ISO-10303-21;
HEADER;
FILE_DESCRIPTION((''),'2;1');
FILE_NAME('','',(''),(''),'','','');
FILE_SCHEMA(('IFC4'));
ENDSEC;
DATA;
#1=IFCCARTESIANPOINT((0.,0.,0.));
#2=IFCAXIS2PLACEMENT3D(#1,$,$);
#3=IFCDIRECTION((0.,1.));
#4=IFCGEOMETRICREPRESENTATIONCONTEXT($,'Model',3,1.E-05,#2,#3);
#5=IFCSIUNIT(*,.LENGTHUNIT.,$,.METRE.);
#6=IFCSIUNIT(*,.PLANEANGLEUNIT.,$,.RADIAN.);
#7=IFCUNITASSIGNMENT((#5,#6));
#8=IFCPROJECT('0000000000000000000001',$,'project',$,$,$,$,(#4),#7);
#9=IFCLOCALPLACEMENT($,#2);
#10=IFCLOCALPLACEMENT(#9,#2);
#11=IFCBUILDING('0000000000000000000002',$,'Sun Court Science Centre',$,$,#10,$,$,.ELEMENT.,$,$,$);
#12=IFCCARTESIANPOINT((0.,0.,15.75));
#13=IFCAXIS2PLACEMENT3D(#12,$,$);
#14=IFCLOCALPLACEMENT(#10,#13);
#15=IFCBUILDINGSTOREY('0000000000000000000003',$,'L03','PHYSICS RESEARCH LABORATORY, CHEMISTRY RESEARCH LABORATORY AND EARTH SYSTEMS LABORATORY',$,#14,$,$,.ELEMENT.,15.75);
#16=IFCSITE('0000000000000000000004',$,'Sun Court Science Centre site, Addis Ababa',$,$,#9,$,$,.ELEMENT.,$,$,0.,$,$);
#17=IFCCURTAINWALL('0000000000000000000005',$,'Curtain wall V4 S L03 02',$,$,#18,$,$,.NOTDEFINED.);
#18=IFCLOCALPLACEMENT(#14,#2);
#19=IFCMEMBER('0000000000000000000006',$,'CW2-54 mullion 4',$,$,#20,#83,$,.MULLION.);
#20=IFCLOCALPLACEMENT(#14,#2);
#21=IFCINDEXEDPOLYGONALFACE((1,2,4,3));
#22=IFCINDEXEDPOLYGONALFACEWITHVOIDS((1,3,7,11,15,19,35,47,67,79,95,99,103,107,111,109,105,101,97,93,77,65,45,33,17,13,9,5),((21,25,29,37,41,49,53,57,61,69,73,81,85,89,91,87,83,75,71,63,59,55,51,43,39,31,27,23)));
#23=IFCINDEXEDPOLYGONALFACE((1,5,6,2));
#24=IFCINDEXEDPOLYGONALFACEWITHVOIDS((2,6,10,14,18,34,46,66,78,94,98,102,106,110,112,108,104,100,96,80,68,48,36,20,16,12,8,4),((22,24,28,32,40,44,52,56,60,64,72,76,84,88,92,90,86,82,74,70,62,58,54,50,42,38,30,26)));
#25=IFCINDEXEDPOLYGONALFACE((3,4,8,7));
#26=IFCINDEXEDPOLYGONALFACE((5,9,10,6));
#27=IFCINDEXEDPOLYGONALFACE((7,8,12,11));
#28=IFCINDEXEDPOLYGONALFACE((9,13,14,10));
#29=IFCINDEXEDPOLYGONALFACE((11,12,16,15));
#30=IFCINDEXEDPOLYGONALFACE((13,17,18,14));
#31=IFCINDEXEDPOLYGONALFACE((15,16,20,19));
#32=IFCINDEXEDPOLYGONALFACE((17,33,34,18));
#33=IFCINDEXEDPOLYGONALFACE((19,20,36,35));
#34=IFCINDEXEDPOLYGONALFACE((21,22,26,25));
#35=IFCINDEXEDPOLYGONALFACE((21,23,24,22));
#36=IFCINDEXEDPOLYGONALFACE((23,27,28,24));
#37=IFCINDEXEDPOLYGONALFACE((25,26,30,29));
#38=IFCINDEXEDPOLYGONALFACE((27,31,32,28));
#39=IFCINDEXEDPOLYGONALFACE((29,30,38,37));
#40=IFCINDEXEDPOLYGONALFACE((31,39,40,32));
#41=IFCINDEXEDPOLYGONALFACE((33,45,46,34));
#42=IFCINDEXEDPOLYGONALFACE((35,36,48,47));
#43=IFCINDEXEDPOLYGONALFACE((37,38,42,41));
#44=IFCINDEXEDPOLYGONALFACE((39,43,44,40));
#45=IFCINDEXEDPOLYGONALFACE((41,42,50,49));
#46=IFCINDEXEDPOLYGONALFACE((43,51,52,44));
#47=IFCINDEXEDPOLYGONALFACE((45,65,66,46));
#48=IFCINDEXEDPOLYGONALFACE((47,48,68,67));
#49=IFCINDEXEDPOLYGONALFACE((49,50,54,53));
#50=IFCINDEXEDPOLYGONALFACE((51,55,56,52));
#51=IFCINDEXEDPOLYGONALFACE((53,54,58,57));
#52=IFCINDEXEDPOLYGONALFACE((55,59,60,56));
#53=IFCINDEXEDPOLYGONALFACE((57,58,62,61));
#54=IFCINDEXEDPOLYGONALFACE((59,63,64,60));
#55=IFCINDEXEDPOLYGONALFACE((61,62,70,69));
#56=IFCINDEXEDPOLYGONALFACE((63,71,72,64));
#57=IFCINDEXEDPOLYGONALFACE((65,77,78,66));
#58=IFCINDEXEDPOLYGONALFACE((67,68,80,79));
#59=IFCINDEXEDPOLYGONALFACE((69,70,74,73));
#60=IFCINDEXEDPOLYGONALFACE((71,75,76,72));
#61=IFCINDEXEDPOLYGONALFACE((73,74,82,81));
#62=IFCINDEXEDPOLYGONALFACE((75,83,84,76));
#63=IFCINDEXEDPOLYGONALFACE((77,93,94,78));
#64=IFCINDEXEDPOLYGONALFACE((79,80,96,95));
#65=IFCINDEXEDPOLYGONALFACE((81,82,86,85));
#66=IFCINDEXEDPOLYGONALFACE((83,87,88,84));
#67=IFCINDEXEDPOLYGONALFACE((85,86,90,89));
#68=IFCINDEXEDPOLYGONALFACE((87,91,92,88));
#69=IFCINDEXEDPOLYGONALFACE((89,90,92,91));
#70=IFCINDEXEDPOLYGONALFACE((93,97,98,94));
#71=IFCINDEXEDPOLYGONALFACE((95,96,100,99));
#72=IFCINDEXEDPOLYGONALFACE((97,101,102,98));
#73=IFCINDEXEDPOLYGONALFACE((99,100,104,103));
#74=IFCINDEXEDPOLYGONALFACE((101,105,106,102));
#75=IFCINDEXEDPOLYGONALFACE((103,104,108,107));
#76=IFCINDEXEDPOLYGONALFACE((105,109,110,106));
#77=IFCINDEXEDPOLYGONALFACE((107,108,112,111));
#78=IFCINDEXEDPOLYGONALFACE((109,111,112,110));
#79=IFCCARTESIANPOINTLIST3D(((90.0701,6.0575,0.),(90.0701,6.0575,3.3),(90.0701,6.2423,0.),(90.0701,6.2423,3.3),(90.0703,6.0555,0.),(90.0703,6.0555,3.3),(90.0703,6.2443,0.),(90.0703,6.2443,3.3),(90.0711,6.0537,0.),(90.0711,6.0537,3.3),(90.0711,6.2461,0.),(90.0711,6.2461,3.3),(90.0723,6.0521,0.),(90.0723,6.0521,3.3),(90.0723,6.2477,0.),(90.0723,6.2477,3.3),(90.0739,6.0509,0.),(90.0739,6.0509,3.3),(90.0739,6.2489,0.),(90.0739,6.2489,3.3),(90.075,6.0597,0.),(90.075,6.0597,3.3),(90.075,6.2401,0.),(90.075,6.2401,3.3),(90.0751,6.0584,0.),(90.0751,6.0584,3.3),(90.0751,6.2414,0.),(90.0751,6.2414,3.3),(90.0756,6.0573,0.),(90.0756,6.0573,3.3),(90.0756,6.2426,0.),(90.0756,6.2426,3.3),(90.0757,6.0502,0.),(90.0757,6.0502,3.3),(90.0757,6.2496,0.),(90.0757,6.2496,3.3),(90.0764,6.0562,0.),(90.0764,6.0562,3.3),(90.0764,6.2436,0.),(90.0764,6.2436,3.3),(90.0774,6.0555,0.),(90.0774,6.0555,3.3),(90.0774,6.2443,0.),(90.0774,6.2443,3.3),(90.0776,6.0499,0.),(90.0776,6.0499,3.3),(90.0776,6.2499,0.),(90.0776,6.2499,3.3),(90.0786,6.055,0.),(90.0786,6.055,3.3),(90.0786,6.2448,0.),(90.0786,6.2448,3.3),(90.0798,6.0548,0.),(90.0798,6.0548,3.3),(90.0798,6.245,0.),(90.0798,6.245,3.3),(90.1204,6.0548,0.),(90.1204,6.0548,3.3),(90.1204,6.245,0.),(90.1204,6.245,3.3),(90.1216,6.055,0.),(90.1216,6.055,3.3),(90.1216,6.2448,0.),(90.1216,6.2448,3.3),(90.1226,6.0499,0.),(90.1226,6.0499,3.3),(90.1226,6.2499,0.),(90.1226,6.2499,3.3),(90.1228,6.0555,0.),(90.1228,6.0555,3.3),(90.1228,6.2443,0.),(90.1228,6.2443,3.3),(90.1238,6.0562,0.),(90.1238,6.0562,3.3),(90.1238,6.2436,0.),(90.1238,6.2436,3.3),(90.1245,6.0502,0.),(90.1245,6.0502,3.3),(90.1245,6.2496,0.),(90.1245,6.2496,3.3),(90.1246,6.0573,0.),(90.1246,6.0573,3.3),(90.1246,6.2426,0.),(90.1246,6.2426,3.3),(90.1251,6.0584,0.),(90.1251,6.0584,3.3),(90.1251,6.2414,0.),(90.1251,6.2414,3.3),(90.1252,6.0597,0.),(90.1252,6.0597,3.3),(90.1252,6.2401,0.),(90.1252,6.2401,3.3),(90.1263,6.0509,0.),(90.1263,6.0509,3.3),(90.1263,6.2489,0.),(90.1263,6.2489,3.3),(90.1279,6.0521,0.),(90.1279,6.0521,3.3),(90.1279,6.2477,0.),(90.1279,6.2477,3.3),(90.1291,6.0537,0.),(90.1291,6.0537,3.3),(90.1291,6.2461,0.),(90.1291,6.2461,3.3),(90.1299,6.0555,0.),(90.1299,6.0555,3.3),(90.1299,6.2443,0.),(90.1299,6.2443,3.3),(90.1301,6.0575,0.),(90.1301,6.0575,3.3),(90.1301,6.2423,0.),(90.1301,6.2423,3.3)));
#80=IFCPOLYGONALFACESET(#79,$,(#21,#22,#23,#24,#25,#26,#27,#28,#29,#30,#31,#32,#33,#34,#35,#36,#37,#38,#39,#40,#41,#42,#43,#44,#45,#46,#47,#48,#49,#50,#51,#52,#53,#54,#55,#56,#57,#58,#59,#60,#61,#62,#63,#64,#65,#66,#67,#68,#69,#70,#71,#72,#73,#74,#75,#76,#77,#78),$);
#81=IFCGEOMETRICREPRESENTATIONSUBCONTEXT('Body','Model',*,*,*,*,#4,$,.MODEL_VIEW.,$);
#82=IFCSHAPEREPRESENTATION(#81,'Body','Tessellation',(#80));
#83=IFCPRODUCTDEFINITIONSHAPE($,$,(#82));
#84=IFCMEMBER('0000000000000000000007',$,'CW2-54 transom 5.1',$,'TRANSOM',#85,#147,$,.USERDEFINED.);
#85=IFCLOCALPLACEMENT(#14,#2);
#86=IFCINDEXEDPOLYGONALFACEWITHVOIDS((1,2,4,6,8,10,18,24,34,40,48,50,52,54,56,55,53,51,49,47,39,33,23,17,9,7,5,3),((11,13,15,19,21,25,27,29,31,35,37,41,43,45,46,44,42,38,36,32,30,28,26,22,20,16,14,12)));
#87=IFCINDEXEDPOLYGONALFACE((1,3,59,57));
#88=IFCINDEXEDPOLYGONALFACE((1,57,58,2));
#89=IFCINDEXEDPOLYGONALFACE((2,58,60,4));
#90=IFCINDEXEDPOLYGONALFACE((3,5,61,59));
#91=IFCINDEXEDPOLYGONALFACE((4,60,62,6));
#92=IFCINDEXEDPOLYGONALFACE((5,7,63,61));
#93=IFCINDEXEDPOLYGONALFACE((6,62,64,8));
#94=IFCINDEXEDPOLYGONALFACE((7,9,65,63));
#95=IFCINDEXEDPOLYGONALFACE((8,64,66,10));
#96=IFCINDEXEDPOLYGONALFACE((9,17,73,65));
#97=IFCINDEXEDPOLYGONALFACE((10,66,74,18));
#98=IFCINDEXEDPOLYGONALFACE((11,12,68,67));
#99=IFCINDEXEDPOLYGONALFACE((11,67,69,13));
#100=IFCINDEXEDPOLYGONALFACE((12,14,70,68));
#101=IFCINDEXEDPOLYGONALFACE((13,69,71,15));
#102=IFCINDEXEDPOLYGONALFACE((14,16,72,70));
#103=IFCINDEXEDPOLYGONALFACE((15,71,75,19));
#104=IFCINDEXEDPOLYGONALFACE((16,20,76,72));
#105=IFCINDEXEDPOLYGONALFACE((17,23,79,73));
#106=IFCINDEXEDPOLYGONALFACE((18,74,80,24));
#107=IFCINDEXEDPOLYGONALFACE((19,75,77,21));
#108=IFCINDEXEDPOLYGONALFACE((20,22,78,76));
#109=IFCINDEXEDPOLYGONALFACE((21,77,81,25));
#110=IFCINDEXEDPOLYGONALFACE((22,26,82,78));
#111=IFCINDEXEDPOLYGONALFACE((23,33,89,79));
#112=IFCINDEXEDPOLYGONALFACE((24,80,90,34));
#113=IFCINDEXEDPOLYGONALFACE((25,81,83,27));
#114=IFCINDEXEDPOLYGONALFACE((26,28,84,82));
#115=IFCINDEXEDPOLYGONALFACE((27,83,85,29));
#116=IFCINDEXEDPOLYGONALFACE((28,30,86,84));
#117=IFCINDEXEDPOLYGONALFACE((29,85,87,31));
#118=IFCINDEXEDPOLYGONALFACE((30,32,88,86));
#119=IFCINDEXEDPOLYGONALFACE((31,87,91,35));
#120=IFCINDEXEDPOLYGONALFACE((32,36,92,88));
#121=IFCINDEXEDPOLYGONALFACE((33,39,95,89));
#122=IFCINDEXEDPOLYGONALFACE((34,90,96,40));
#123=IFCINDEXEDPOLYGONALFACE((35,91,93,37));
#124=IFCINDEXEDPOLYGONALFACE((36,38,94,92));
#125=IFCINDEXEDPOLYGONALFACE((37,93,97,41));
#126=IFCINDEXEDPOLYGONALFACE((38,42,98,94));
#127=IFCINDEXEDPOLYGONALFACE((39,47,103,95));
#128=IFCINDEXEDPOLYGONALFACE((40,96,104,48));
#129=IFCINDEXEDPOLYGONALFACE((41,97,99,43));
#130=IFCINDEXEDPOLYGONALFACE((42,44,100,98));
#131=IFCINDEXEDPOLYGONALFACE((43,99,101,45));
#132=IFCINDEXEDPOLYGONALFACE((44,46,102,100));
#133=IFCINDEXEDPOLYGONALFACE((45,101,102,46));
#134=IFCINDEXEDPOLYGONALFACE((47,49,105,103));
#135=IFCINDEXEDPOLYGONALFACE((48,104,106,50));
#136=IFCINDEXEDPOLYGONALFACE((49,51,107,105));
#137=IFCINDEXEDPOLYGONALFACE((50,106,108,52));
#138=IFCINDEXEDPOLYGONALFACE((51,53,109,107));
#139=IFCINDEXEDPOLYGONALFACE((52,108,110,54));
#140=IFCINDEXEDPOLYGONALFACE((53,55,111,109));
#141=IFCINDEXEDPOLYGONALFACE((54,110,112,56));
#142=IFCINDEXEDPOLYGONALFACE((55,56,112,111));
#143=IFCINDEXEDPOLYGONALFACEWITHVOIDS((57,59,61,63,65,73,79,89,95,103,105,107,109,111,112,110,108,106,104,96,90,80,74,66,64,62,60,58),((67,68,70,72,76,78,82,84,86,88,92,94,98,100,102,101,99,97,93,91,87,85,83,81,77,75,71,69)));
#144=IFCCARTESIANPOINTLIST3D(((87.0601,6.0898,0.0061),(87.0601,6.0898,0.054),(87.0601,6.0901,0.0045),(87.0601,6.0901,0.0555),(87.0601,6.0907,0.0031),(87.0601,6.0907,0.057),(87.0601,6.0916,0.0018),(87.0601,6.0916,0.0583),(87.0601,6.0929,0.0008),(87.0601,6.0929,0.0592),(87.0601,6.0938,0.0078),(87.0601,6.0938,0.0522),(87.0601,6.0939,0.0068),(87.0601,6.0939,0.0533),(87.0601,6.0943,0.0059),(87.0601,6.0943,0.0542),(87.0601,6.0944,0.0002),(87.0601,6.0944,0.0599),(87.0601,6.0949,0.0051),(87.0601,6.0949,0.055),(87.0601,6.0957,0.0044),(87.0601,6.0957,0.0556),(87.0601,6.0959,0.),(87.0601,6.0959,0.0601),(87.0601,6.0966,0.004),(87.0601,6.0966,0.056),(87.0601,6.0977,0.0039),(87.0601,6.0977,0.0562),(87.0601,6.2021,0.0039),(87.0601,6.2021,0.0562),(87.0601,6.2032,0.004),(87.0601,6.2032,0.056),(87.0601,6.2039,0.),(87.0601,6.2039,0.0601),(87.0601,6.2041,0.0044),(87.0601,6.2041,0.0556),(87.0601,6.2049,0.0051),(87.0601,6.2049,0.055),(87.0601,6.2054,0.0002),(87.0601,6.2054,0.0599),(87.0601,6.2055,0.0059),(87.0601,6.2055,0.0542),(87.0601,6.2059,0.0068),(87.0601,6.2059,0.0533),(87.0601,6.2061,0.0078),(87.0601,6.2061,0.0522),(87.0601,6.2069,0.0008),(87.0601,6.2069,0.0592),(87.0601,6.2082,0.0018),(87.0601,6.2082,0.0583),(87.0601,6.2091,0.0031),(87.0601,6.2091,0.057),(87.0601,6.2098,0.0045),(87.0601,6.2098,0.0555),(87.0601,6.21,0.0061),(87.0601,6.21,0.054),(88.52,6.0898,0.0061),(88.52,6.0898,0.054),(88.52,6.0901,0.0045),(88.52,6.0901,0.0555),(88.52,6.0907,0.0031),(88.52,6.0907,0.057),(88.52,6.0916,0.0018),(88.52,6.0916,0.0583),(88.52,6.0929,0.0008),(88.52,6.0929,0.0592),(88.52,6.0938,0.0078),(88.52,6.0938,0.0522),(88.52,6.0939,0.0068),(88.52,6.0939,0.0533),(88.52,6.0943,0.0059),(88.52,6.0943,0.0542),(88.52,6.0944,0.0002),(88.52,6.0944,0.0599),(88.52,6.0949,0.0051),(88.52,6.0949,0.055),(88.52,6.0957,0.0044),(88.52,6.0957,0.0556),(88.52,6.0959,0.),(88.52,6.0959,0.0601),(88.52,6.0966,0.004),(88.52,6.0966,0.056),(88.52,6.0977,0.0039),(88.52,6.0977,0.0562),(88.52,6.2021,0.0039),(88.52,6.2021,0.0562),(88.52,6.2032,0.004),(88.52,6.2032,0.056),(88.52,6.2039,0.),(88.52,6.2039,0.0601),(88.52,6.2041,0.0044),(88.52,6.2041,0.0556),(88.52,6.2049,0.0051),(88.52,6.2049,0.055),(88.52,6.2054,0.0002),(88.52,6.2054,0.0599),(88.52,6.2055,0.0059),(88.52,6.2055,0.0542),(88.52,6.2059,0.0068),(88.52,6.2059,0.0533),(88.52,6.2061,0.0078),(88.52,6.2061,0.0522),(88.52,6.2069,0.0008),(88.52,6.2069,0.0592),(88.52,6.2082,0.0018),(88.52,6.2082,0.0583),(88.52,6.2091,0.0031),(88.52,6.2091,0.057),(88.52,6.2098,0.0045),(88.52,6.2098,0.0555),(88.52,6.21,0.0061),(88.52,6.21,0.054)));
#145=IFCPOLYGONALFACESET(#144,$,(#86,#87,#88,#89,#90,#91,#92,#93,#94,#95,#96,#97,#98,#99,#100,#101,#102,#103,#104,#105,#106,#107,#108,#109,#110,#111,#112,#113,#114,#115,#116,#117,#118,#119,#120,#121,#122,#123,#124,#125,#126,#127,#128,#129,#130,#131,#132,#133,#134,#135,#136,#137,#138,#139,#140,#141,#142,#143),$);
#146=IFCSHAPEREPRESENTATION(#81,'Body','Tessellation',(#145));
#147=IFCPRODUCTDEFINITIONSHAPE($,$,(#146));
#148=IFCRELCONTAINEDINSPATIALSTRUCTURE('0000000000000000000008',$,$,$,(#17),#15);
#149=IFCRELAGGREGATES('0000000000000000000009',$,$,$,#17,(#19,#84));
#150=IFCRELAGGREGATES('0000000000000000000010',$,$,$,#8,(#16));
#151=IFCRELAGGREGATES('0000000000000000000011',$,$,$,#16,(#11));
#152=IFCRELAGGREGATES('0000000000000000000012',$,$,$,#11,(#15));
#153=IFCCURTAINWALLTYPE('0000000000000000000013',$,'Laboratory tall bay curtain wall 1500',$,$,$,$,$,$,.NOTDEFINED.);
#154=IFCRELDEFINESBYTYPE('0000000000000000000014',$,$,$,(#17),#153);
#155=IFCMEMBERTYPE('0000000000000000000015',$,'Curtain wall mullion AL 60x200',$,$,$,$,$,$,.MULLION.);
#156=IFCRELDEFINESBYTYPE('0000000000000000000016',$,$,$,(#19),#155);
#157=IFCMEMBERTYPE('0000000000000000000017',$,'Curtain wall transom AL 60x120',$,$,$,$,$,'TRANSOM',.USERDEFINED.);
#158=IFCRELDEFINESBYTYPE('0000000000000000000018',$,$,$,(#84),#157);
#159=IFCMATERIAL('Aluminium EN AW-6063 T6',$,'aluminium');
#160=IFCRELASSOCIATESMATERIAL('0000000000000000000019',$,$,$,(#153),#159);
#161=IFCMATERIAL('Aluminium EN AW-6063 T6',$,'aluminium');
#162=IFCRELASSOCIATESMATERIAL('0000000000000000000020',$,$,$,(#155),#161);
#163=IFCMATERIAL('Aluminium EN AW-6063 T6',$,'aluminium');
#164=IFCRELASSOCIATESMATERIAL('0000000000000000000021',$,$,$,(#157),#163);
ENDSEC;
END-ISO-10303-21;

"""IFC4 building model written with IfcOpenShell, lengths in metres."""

from ifc_helpers import new_model, si_unit, direction, frame, origin, origin_2d, place, context, subcontext, project, spatial, hollow_rectangle, extrude, material, material_profile, profile_set, type_object, element, aggregate, save


model = new_model("IFC4")

# Units and contexts
model_context = context("Model", 3, precision=1e-05, world=origin(), true_north=direction((0.0, 1.0)))
body_context = subcontext(model_context, "Body", "Model", "MODEL_VIEW")
ifc_project = project(units=[si_unit("LENGTHUNIT", "METRE"), si_unit("PLANEANGLEUNIT", "RADIAN")], contexts=[model_context])

# Site, building, storey
site_placement = place(None, origin())
site = spatial("IfcSite", under=ifc_project, at=site_placement, Name="Sun Court Science Centre site, Addis Ababa", CompositionType="ELEMENT", RefElevation=0.0)
building_placement = place(site_placement, origin())
building = spatial("IfcBuilding", under=site, at=building_placement, Name="Sun Court Science Centre", CompositionType="ELEMENT")
storey_placement = place(building_placement, frame((0.0, 0.0, 15.75)))
storey = spatial("IfcBuildingStorey", under=building, at=storey_placement, Name="L03", Description="PHYSICS RESEARCH LABORATORY, CHEMISTRY RESEARCH LABORATORY AND EARTH SYSTEMS LABORATORY", CompositionType="ELEMENT", Elevation=15.75)

# Curtain wall, members
ifc_material_1 = material(Name="Aluminium EN AW-6063 T6", Category="aluminium")
curtain_wall_type = type_object("IfcCurtainWallType", Name="Laboratory tall bay curtain wall 1500", PredefinedType="NOTDEFINED", material=ifc_material_1)
curtain_wall_placement = place(storey_placement, origin())
curtain_wall = element("IfcCurtainWall", 1, at=curtain_wall_placement, inside=storey, type_object=curtain_wall_type, Name="Curtain wall V4 S L03 02", PredefinedType="NOTDEFINED")
ifc_material_2 = material(Name="Aluminium EN AW-6063 T6", Category="aluminium")
ifc_material_profile_1 = material_profile(ifc_material_2, hollow_rectangle(XDim=0.0601, YDim=0.2, WallThickness=0.0049, InnerFilletRadius=0.0049, OuterFilletRadius=0.0076, at=origin_2d()), Name="AL 60x200x5")
ifc_profile_set_1 = profile_set([ifc_material_profile_1], Name="Aluminium EN AW-6063 T6")
member_type_1 = type_object("IfcMemberType", Name="Curtain wall mullion AL 60x200", PredefinedType="MULLION", material=ifc_profile_set_1)
member_1_placement = place(storey_placement, frame((90.1001, 6.1499, 0.0), z_axis=(0.0, 0.0, 1.0), x_axis=(-1.0, 0.0, 0.0)))
member_1 = element("IfcMember", 2, at=member_1_placement, type_object=member_type_1, Name="CW2-54 mullion 4", PredefinedType="MULLION", context=body_context, shape_type="SweptSolid", body=[
    extrude(hollow_rectangle(XDim=0.0601, YDim=0.2, WallThickness=0.0049, InnerFilletRadius=0.0049, OuterFilletRadius=0.0076, at=origin_2d()), origin(), (0.0, 0.0, 1.0), 3.3),
])
ifc_material_3 = material(Name="Aluminium EN AW-6063 T6", Category="aluminium")
ifc_material_profile_2 = material_profile(ifc_material_3, hollow_rectangle(XDim=0.0601, YDim=0.1201, WallThickness=0.0039, InnerFilletRadius=0.0039, OuterFilletRadius=0.0061, at=origin_2d()), Name="AL 60x120x4")
ifc_profile_set_2 = profile_set([ifc_material_profile_2], Name="Aluminium EN AW-6063 T6")
member_type_2 = type_object("IfcMemberType", Name="Curtain wall transom AL 60x120", ElementType="TRANSOM", PredefinedType="USERDEFINED", material=ifc_profile_set_2)
member_2_placement = place(storey_placement, frame((88.52, 6.1499, 0.03), z_axis=(-1.0, 0.0, 0.0), x_axis=(0.0, 0.0, 1.0)))
member_2 = element("IfcMember", 3, at=member_2_placement, type_object=member_type_2, Name="CW2-54 transom 5.1", ObjectType="TRANSOM", PredefinedType="USERDEFINED", context=body_context, shape_type="SweptSolid", body=[
    extrude(hollow_rectangle(XDim=0.0601, YDim=0.1201, WallThickness=0.0039, InnerFilletRadius=0.0039, OuterFilletRadius=0.0061, at=origin_2d()), origin(), (0.0, 0.0, 1.0), 1.46),
])

aggregate(curtain_wall, [member_1, member_2])

save(model, "model.ifc")
